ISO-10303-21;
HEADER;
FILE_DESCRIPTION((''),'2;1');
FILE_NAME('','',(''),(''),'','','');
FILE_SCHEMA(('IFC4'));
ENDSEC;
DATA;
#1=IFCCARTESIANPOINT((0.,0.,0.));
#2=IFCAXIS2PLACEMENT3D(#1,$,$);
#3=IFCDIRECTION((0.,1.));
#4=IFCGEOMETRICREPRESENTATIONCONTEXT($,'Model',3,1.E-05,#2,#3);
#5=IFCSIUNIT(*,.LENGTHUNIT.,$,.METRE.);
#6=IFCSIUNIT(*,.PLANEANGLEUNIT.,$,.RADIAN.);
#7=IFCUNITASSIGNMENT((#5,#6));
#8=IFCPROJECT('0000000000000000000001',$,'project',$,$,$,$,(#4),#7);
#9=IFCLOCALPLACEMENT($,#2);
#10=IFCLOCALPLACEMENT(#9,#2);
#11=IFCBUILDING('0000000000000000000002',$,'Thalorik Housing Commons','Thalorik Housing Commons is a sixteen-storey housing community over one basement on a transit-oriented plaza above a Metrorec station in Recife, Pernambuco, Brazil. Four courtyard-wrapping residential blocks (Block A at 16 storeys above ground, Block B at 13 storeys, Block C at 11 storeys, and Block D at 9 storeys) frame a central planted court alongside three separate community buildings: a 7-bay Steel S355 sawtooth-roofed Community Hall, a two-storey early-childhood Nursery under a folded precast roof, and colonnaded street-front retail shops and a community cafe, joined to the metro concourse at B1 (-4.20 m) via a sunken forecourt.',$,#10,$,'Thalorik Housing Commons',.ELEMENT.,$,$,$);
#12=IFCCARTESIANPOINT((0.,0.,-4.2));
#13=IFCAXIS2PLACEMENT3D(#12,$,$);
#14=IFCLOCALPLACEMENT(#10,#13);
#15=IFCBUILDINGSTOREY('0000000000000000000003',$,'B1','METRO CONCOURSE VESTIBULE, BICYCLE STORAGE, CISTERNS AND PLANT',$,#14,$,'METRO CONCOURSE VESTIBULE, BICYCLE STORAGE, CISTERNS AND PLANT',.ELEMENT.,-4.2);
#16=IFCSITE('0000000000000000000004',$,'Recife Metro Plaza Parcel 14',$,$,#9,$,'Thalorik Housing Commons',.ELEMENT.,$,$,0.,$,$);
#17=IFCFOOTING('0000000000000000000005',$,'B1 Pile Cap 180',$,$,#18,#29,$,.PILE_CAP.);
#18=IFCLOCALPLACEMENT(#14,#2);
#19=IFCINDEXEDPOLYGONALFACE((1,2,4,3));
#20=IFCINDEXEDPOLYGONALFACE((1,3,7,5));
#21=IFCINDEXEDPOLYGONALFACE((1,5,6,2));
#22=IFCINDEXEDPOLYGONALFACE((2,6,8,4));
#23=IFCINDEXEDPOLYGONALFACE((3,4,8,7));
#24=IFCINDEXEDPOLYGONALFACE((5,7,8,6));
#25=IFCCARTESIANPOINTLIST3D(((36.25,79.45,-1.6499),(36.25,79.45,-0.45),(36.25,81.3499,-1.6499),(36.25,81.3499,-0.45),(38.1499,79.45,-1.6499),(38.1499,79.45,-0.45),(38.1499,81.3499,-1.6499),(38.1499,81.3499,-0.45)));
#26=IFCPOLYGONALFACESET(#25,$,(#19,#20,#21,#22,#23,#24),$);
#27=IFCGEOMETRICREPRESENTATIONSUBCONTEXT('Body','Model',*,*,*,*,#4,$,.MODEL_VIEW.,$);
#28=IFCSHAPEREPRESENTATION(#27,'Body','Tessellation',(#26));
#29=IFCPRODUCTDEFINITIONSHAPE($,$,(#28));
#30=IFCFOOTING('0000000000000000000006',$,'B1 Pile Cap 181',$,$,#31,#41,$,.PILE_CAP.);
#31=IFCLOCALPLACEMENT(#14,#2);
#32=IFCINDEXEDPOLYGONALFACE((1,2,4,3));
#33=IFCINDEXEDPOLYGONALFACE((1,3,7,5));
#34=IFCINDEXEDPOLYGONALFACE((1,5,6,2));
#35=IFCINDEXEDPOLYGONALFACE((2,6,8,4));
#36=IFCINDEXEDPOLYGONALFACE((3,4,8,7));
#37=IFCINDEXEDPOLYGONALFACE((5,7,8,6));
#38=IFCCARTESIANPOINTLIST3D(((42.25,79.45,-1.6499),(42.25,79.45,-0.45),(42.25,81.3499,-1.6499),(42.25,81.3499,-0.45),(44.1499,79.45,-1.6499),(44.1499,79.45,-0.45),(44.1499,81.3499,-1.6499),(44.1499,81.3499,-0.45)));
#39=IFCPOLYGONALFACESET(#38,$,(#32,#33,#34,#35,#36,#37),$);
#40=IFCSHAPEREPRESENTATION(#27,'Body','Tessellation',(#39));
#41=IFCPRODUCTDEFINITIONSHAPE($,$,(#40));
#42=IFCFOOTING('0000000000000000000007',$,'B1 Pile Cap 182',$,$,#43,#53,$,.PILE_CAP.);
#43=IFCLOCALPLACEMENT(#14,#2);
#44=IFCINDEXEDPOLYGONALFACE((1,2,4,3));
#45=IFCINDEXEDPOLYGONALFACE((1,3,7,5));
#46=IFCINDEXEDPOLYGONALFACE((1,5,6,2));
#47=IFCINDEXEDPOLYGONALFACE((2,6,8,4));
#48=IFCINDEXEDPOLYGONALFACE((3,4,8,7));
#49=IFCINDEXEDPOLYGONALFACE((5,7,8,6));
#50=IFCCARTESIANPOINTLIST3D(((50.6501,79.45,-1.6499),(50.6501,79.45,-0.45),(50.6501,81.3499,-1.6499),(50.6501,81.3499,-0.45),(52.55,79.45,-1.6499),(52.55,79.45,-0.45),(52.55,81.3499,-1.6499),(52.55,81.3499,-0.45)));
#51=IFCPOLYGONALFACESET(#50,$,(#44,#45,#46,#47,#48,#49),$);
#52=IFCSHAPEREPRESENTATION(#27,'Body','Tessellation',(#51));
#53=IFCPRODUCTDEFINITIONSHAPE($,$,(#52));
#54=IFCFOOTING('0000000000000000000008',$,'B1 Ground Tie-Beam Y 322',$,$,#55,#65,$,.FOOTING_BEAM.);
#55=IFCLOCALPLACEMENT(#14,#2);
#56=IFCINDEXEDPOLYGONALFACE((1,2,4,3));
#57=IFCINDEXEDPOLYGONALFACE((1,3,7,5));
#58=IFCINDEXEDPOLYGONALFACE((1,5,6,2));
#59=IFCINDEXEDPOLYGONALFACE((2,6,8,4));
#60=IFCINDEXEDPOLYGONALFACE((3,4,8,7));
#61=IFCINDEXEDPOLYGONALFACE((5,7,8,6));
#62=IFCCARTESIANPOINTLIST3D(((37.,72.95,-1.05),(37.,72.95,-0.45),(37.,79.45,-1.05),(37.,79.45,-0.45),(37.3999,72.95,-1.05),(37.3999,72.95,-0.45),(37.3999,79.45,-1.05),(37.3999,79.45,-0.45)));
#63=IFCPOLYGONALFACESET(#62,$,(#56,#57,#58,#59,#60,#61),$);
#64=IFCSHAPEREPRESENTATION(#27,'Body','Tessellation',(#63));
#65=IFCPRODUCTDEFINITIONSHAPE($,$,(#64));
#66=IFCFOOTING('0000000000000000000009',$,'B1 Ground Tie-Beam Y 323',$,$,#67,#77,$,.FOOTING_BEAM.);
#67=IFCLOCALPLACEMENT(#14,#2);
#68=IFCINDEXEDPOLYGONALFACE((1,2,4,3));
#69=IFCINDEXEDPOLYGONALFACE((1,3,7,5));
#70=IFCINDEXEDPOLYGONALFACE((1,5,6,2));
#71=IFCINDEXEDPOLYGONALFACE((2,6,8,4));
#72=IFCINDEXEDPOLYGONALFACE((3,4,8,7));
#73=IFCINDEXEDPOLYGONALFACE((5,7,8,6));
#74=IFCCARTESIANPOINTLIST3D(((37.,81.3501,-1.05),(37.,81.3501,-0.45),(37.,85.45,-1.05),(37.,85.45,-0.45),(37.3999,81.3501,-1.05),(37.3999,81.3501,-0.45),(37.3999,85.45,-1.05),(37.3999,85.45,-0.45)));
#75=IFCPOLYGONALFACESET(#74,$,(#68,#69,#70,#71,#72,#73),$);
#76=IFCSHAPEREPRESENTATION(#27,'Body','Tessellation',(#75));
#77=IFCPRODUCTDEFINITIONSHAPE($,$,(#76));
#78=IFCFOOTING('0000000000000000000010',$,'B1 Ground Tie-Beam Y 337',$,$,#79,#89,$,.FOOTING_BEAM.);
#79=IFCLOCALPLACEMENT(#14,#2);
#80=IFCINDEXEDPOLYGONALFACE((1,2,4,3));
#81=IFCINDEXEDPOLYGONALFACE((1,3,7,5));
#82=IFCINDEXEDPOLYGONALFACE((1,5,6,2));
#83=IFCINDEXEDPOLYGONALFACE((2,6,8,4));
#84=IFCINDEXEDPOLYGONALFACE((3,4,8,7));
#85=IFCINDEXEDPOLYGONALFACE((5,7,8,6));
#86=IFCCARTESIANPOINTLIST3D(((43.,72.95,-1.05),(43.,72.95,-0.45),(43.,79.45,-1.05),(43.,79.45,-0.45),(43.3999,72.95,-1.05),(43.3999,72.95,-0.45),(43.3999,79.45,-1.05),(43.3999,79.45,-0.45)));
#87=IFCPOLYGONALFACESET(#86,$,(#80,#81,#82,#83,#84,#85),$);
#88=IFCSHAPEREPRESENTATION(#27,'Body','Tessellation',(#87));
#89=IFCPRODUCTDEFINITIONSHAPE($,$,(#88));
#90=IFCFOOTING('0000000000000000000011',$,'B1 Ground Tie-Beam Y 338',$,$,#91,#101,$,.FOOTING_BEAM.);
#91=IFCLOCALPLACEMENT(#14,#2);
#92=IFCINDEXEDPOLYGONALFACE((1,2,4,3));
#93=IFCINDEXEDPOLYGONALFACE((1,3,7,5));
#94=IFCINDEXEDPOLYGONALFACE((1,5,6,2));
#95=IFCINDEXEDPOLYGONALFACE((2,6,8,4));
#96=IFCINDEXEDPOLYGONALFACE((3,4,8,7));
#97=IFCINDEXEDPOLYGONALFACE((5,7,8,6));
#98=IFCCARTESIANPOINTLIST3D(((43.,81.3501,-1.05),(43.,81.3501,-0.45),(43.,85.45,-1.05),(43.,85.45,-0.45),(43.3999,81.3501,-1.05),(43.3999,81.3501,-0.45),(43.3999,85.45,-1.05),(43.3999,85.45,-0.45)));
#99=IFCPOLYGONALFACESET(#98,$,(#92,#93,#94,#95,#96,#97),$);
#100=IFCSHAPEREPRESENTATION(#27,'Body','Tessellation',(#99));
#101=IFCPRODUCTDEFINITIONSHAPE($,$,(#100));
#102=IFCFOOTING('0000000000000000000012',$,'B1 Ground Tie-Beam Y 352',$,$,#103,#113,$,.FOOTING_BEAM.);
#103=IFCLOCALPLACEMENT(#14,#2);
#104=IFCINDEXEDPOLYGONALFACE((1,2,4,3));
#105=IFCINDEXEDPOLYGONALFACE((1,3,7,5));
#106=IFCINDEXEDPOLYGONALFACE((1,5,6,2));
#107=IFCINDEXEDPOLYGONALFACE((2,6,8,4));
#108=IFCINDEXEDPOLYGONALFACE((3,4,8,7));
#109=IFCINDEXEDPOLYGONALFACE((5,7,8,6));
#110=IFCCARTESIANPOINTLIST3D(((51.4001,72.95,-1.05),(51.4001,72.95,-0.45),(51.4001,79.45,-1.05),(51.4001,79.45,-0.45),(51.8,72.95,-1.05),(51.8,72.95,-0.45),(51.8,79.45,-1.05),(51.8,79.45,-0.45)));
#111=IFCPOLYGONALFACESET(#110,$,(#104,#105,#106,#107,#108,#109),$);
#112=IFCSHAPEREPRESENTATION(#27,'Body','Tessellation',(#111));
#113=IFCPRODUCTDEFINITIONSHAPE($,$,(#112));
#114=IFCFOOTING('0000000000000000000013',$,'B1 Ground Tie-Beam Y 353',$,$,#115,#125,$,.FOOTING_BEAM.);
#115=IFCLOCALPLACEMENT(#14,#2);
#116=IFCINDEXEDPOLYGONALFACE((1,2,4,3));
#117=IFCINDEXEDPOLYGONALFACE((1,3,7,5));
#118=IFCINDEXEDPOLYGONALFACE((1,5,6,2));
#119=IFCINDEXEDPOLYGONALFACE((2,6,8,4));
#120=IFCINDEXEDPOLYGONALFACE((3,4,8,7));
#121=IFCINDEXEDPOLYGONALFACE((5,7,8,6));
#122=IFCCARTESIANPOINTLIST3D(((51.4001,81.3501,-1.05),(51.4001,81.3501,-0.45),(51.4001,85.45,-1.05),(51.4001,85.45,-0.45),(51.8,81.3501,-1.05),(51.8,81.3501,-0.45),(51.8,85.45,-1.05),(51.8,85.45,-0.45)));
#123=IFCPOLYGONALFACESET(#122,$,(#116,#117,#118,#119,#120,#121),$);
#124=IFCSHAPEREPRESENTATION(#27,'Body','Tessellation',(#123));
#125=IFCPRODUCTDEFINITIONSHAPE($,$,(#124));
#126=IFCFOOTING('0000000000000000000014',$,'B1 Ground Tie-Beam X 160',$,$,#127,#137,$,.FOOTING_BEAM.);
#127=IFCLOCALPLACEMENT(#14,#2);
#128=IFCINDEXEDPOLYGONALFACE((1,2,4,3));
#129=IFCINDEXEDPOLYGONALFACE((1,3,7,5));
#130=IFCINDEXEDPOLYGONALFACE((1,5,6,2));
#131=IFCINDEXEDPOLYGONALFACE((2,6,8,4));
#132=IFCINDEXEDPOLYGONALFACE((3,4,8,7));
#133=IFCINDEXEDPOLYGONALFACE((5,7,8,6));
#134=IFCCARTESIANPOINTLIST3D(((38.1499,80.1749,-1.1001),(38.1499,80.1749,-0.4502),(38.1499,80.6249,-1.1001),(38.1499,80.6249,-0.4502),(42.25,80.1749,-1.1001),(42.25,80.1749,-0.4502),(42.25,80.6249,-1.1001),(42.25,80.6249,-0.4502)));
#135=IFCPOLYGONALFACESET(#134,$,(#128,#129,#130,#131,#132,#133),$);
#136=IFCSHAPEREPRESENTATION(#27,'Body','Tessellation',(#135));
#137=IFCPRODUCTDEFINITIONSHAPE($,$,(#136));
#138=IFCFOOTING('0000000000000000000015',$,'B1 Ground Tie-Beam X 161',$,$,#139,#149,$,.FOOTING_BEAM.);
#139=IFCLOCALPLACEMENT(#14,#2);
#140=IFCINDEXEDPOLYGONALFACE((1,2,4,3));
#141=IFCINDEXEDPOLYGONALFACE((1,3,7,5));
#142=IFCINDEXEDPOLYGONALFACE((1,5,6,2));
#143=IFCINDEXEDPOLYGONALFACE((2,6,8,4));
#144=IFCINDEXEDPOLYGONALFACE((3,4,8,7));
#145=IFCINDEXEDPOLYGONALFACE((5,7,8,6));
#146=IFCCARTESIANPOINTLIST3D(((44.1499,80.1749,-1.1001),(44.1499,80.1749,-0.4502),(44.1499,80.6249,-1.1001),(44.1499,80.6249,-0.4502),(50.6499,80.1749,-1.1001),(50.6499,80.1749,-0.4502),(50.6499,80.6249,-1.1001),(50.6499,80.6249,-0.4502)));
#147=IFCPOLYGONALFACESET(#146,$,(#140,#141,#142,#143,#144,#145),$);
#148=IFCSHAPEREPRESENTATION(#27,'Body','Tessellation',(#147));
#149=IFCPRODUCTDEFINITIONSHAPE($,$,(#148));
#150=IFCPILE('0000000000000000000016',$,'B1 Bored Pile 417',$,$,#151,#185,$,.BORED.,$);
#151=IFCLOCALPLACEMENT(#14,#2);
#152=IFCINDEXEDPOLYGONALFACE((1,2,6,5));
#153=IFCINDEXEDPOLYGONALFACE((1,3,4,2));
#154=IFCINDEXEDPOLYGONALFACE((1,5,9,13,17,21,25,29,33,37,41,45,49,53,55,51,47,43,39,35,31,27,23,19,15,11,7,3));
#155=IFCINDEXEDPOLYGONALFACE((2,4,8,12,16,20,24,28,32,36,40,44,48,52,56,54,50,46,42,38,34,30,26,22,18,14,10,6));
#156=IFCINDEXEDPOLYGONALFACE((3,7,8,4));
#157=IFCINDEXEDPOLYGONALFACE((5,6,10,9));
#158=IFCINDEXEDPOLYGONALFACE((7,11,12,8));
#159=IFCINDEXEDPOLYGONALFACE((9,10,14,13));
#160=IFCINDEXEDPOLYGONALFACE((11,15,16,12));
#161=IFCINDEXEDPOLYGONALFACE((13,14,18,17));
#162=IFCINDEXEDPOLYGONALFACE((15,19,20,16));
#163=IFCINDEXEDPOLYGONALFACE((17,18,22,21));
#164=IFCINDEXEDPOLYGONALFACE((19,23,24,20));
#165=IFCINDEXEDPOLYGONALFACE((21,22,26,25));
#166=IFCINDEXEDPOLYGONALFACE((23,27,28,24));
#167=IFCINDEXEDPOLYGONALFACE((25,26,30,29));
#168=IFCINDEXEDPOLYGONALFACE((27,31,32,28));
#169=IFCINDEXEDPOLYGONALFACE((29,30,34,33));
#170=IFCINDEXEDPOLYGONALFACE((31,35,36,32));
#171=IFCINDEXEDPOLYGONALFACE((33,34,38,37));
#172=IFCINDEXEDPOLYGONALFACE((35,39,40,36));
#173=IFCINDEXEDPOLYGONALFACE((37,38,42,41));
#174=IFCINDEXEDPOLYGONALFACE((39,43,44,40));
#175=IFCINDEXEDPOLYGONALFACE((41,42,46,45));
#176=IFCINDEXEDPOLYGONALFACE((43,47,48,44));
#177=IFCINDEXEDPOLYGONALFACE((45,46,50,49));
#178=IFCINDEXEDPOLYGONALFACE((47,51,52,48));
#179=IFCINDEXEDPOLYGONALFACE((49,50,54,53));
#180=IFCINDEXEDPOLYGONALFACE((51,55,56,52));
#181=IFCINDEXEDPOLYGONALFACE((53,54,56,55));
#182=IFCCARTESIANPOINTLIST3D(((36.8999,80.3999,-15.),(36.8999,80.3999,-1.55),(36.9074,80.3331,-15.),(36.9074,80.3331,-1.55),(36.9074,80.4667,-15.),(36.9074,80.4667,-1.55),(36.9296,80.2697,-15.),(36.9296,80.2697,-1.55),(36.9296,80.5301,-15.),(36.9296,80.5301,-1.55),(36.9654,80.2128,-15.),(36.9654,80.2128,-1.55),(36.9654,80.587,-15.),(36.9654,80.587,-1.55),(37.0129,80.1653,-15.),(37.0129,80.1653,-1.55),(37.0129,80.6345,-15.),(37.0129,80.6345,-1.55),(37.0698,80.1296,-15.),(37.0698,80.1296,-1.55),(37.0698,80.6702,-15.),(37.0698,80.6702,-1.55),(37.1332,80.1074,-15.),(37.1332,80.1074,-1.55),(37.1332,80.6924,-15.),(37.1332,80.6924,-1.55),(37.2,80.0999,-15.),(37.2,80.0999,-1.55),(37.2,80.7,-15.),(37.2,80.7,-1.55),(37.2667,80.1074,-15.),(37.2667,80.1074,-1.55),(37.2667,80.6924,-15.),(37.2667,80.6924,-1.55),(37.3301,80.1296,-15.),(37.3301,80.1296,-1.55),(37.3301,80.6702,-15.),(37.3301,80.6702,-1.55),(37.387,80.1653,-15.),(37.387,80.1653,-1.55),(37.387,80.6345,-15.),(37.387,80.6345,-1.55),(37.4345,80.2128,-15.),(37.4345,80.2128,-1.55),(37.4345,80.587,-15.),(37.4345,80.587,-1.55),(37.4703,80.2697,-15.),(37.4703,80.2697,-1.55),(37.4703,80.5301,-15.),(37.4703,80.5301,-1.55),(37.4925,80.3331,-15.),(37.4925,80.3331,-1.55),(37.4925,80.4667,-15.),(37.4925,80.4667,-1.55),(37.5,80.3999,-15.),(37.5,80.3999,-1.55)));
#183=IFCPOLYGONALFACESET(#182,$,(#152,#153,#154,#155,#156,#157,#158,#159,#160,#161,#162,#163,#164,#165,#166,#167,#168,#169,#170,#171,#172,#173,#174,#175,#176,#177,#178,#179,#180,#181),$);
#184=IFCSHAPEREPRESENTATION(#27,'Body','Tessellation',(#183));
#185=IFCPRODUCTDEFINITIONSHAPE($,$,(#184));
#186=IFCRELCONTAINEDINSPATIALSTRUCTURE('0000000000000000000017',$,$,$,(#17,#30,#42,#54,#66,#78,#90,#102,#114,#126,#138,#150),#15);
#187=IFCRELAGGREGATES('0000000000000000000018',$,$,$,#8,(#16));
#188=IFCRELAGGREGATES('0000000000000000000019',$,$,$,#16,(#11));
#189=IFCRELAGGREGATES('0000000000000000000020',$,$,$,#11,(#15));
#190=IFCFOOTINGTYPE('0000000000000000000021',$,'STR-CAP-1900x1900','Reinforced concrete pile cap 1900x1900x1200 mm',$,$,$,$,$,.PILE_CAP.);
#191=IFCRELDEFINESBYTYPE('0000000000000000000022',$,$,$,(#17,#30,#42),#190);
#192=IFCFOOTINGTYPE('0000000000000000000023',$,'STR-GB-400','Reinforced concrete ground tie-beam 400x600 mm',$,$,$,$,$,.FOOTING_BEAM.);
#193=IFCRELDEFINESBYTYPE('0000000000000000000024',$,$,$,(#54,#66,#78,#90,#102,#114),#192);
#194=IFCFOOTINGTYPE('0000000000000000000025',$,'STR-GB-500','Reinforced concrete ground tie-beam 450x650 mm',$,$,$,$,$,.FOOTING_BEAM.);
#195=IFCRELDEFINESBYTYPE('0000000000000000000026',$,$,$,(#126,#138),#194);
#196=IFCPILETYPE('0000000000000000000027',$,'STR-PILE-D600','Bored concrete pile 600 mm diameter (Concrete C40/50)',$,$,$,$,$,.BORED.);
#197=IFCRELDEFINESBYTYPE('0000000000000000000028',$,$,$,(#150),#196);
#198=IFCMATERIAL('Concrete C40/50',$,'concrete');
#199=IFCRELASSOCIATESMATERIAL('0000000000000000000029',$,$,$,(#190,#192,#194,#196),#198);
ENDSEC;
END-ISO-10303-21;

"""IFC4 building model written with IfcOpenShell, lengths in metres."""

from ifc_helpers import new_model, si_unit, direction, frame, origin, origin_2d, place, context, subcontext, project, spatial, rectangle, circle, extrude, material, material_profile, profile_set, type_object, element, save


model = new_model("IFC4")

# Units and contexts
model_context = context("Model", 3, precision=1e-05, world=origin(), true_north=direction((0.0, 1.0)))
body_context = subcontext(model_context, "Body", "Model", "MODEL_VIEW")
ifc_project = project(units=[si_unit("LENGTHUNIT", "METRE"), si_unit("PLANEANGLEUNIT", "RADIAN")], contexts=[model_context])

# Site, building, storey
site_placement = place(None, origin())
site = spatial("IfcSite", under=ifc_project, at=site_placement, Name="Recife Metro Plaza Parcel 14", LongName="Thalorik Housing Commons", CompositionType="ELEMENT", RefElevation=0.0)
building_placement = place(site_placement, origin())
building = spatial("IfcBuilding", under=site, at=building_placement, Name="Thalorik Housing Commons", Description="Thalorik Housing Commons is a sixteen-storey housing community over one basement on a transit-oriented plaza above a Metrorec station in Recife, Pernambuco, Brazil. Four courtyard-wrapping residential blocks (Block A at 16 storeys above ground, Block B at 13 storeys, Block C at 11 storeys, and Block D at 9 storeys) frame a central planted court alongside three separate community buildings: a 7-bay Steel S355 sawtooth-roofed Community Hall, a two-storey early-childhood Nursery under a folded precast roof, and colonnaded street-front retail shops and a community cafe, joined to the metro concourse at B1 (-4.20 m) via a sunken forecourt.", LongName="Thalorik Housing Commons", CompositionType="ELEMENT")
storey_placement = place(building_placement, frame((0.0, 0.0, -4.2)))
storey = spatial("IfcBuildingStorey", under=building, at=storey_placement, Name="B1", Description="METRO CONCOURSE VESTIBULE, BICYCLE STORAGE, CISTERNS AND PLANT", LongName="METRO CONCOURSE VESTIBULE, BICYCLE STORAGE, CISTERNS AND PLANT", CompositionType="ELEMENT", Elevation=-4.2)

# Footings
ifc_material_1 = material(Name="Concrete C40/50", Category="concrete")
footing_type_1 = type_object("IfcFootingType", Name="STR-CAP-1900x1900", Description="Reinforced concrete pile cap 1900x1900x1200 mm", PredefinedType="PILE_CAP", material=ifc_material_1)
for number, where, z_axis, x_axis, name in (
    (1, (37.2, 80.3999, -1.6499), (0.0, 0.0, 1.0), (1.0, 0.0, 0.0), "B1 Pile Cap 180"),
    (2, (43.2, 80.3999, -1.6499), (0.0, 0.0, 1.0), (1.0, 0.0, 0.0), "B1 Pile Cap 181"),
    (3, (51.6001, 80.3999, -1.6499), (0.0, 0.0, 1.0), (1.0, 0.0, 0.0), "B1 Pile Cap 182"),
):
    element("IfcFooting", number, at=place(storey_placement, frame(where, z_axis=z_axis, x_axis=x_axis)), inside=storey, type_object=footing_type_1, Name=name, PredefinedType="PILE_CAP", context=body_context, shape_type="SweptSolid", body=[
        extrude(rectangle(XDim=1.8999, YDim=1.8999, at=origin_2d()), origin(), (0.0, 0.0, 1.0), 1.2),
    ])
ifc_material_profile_1 = material_profile(ifc_material_1, rectangle(XDim=0.3999, YDim=0.6001, at=origin_2d()), Name="RC 400x600", Category="concrete")
ifc_profile_set_1 = profile_set([ifc_material_profile_1], Name="Concrete C40/50")
footing_type_2 = type_object("IfcFootingType", Name="STR-GB-400", Description="Reinforced concrete ground tie-beam 400x600 mm", PredefinedType="FOOTING_BEAM", material=ifc_profile_set_1)
footing_1_placement = place(storey_placement, frame((37.2, 72.95, -0.75), z_axis=(0.0, 1.0, 0.0), x_axis=(-1.0, 0.0, 0.0)))
element("IfcFooting", 4, at=footing_1_placement, inside=storey, type_object=footing_type_2, Name="B1 Ground Tie-Beam Y 322", PredefinedType="FOOTING_BEAM", context=body_context, shape_type="SweptSolid", body=[
    extrude(rectangle(XDim=0.3999, YDim=0.6001, at=origin_2d()), origin(), (0.0, 0.0, 1.0), 6.5),
])
footing_2_placement = place(storey_placement, frame((37.2, 81.3501, -0.75), z_axis=(0.0, 1.0, 0.0), x_axis=(-1.0, 0.0, 0.0)))
element("IfcFooting", 5, at=footing_2_placement, inside=storey, type_object=footing_type_2, Name="B1 Ground Tie-Beam Y 323", PredefinedType="FOOTING_BEAM", context=body_context, shape_type="SweptSolid", body=[
    extrude(rectangle(XDim=0.3999, YDim=0.6001, at=origin_2d()), origin(), (0.0, 0.0, 1.0), 4.0999),
])
footing_3_placement = place(storey_placement, frame((43.2, 72.95, -0.75), z_axis=(0.0, 1.0, 0.0), x_axis=(-1.0, 0.0, 0.0)))
element("IfcFooting", 6, at=footing_3_placement, inside=storey, type_object=footing_type_2, Name="B1 Ground Tie-Beam Y 337", PredefinedType="FOOTING_BEAM", context=body_context, shape_type="SweptSolid", body=[
    extrude(rectangle(XDim=0.3999, YDim=0.6001, at=origin_2d()), origin(), (0.0, 0.0, 1.0), 6.5),
])
footing_4_placement = place(storey_placement, frame((43.2, 81.3501, -0.75), z_axis=(0.0, 1.0, 0.0), x_axis=(-1.0, 0.0, 0.0)))
element("IfcFooting", 7, at=footing_4_placement, inside=storey, type_object=footing_type_2, Name="B1 Ground Tie-Beam Y 338", PredefinedType="FOOTING_BEAM", context=body_context, shape_type="SweptSolid", body=[
    extrude(rectangle(XDim=0.3999, YDim=0.6001, at=origin_2d()), origin(), (0.0, 0.0, 1.0), 4.0999),
])
footing_5_placement = place(storey_placement, frame((51.6001, 72.95, -0.75), z_axis=(0.0, 1.0, 0.0), x_axis=(-1.0, 0.0, 0.0)))
element("IfcFooting", 8, at=footing_5_placement, inside=storey, type_object=footing_type_2, Name="B1 Ground Tie-Beam Y 352", PredefinedType="FOOTING_BEAM", context=body_context, shape_type="SweptSolid", body=[
    extrude(rectangle(XDim=0.3999, YDim=0.6001, at=origin_2d()), origin(), (0.0, 0.0, 1.0), 6.5),
])
footing_6_placement = place(storey_placement, frame((51.6001, 81.3501, -0.75), z_axis=(0.0, 1.0, 0.0), x_axis=(-1.0, 0.0, 0.0)))
element("IfcFooting", 9, at=footing_6_placement, inside=storey, type_object=footing_type_2, Name="B1 Ground Tie-Beam Y 353", PredefinedType="FOOTING_BEAM", context=body_context, shape_type="SweptSolid", body=[
    extrude(rectangle(XDim=0.3999, YDim=0.6001, at=origin_2d()), origin(), (0.0, 0.0, 1.0), 4.0999),
])
ifc_material_profile_2 = material_profile(ifc_material_1, rectangle(XDim=0.45, YDim=0.6499, at=origin_2d()), Name="RC 450x650", Category="concrete")
ifc_profile_set_2 = profile_set([ifc_material_profile_2], Name="Concrete C40/50")
footing_type_3 = type_object("IfcFootingType", Name="STR-GB-500", Description="Reinforced concrete ground tie-beam 450x650 mm", PredefinedType="FOOTING_BEAM", material=ifc_profile_set_2)
footing_7_placement = place(storey_placement, frame((38.1499, 80.3999, -0.7751), z_axis=(1.0, 0.0, 0.0), x_axis=(0.0, 1.0, 0.0)))
element("IfcFooting", 10, at=footing_7_placement, inside=storey, type_object=footing_type_3, Name="B1 Ground Tie-Beam X 160", PredefinedType="FOOTING_BEAM", context=body_context, shape_type="SweptSolid", body=[
    extrude(rectangle(XDim=0.45, YDim=0.6499, at=origin_2d()), origin(), (0.0, 0.0, 1.0), 4.1001),
])
footing_8_placement = place(storey_placement, frame((44.1499, 80.3999, -0.7751), z_axis=(1.0, 0.0, 0.0), x_axis=(0.0, 1.0, 0.0)))
element("IfcFooting", 11, at=footing_8_placement, inside=storey, type_object=footing_type_3, Name="B1 Ground Tie-Beam X 161", PredefinedType="FOOTING_BEAM", context=body_context, shape_type="SweptSolid", body=[
    extrude(rectangle(XDim=0.45, YDim=0.6499, at=origin_2d()), origin(), (0.0, 0.0, 1.0), 6.5),
])

# Pile
ifc_material_profile_3 = material_profile(ifc_material_1, circle(Radius=0.3, at=origin_2d()), Name="BORED PILE D600", Category="concrete")
ifc_profile_set_3 = profile_set([ifc_material_profile_3], Name="Concrete C40/50")
pile_type = type_object("IfcPileType", Name="STR-PILE-D600", Description="Bored concrete pile 600 mm diameter (Concrete C40/50)", PredefinedType="BORED", material=ifc_profile_set_3)
for number, where, z_axis, x_axis, name in (
    (12, (37.2, 80.3999, -1.55), (0.0, 0.0, -1.0), (1.0, 0.0, 0.0), "B1 Bored Pile 417"),
):
    element("IfcPile", number, at=place(storey_placement, frame(where, z_axis=z_axis, x_axis=x_axis)), inside=storey, type_object=pile_type, Name=name, PredefinedType="BORED", context=body_context, shape_type="SweptSolid", body=[
        extrude(circle(Radius=0.3, at=origin_2d()), origin(), (0.0, 0.0, 1.0), 13.45),
    ])

save(model, "model.ifc")
